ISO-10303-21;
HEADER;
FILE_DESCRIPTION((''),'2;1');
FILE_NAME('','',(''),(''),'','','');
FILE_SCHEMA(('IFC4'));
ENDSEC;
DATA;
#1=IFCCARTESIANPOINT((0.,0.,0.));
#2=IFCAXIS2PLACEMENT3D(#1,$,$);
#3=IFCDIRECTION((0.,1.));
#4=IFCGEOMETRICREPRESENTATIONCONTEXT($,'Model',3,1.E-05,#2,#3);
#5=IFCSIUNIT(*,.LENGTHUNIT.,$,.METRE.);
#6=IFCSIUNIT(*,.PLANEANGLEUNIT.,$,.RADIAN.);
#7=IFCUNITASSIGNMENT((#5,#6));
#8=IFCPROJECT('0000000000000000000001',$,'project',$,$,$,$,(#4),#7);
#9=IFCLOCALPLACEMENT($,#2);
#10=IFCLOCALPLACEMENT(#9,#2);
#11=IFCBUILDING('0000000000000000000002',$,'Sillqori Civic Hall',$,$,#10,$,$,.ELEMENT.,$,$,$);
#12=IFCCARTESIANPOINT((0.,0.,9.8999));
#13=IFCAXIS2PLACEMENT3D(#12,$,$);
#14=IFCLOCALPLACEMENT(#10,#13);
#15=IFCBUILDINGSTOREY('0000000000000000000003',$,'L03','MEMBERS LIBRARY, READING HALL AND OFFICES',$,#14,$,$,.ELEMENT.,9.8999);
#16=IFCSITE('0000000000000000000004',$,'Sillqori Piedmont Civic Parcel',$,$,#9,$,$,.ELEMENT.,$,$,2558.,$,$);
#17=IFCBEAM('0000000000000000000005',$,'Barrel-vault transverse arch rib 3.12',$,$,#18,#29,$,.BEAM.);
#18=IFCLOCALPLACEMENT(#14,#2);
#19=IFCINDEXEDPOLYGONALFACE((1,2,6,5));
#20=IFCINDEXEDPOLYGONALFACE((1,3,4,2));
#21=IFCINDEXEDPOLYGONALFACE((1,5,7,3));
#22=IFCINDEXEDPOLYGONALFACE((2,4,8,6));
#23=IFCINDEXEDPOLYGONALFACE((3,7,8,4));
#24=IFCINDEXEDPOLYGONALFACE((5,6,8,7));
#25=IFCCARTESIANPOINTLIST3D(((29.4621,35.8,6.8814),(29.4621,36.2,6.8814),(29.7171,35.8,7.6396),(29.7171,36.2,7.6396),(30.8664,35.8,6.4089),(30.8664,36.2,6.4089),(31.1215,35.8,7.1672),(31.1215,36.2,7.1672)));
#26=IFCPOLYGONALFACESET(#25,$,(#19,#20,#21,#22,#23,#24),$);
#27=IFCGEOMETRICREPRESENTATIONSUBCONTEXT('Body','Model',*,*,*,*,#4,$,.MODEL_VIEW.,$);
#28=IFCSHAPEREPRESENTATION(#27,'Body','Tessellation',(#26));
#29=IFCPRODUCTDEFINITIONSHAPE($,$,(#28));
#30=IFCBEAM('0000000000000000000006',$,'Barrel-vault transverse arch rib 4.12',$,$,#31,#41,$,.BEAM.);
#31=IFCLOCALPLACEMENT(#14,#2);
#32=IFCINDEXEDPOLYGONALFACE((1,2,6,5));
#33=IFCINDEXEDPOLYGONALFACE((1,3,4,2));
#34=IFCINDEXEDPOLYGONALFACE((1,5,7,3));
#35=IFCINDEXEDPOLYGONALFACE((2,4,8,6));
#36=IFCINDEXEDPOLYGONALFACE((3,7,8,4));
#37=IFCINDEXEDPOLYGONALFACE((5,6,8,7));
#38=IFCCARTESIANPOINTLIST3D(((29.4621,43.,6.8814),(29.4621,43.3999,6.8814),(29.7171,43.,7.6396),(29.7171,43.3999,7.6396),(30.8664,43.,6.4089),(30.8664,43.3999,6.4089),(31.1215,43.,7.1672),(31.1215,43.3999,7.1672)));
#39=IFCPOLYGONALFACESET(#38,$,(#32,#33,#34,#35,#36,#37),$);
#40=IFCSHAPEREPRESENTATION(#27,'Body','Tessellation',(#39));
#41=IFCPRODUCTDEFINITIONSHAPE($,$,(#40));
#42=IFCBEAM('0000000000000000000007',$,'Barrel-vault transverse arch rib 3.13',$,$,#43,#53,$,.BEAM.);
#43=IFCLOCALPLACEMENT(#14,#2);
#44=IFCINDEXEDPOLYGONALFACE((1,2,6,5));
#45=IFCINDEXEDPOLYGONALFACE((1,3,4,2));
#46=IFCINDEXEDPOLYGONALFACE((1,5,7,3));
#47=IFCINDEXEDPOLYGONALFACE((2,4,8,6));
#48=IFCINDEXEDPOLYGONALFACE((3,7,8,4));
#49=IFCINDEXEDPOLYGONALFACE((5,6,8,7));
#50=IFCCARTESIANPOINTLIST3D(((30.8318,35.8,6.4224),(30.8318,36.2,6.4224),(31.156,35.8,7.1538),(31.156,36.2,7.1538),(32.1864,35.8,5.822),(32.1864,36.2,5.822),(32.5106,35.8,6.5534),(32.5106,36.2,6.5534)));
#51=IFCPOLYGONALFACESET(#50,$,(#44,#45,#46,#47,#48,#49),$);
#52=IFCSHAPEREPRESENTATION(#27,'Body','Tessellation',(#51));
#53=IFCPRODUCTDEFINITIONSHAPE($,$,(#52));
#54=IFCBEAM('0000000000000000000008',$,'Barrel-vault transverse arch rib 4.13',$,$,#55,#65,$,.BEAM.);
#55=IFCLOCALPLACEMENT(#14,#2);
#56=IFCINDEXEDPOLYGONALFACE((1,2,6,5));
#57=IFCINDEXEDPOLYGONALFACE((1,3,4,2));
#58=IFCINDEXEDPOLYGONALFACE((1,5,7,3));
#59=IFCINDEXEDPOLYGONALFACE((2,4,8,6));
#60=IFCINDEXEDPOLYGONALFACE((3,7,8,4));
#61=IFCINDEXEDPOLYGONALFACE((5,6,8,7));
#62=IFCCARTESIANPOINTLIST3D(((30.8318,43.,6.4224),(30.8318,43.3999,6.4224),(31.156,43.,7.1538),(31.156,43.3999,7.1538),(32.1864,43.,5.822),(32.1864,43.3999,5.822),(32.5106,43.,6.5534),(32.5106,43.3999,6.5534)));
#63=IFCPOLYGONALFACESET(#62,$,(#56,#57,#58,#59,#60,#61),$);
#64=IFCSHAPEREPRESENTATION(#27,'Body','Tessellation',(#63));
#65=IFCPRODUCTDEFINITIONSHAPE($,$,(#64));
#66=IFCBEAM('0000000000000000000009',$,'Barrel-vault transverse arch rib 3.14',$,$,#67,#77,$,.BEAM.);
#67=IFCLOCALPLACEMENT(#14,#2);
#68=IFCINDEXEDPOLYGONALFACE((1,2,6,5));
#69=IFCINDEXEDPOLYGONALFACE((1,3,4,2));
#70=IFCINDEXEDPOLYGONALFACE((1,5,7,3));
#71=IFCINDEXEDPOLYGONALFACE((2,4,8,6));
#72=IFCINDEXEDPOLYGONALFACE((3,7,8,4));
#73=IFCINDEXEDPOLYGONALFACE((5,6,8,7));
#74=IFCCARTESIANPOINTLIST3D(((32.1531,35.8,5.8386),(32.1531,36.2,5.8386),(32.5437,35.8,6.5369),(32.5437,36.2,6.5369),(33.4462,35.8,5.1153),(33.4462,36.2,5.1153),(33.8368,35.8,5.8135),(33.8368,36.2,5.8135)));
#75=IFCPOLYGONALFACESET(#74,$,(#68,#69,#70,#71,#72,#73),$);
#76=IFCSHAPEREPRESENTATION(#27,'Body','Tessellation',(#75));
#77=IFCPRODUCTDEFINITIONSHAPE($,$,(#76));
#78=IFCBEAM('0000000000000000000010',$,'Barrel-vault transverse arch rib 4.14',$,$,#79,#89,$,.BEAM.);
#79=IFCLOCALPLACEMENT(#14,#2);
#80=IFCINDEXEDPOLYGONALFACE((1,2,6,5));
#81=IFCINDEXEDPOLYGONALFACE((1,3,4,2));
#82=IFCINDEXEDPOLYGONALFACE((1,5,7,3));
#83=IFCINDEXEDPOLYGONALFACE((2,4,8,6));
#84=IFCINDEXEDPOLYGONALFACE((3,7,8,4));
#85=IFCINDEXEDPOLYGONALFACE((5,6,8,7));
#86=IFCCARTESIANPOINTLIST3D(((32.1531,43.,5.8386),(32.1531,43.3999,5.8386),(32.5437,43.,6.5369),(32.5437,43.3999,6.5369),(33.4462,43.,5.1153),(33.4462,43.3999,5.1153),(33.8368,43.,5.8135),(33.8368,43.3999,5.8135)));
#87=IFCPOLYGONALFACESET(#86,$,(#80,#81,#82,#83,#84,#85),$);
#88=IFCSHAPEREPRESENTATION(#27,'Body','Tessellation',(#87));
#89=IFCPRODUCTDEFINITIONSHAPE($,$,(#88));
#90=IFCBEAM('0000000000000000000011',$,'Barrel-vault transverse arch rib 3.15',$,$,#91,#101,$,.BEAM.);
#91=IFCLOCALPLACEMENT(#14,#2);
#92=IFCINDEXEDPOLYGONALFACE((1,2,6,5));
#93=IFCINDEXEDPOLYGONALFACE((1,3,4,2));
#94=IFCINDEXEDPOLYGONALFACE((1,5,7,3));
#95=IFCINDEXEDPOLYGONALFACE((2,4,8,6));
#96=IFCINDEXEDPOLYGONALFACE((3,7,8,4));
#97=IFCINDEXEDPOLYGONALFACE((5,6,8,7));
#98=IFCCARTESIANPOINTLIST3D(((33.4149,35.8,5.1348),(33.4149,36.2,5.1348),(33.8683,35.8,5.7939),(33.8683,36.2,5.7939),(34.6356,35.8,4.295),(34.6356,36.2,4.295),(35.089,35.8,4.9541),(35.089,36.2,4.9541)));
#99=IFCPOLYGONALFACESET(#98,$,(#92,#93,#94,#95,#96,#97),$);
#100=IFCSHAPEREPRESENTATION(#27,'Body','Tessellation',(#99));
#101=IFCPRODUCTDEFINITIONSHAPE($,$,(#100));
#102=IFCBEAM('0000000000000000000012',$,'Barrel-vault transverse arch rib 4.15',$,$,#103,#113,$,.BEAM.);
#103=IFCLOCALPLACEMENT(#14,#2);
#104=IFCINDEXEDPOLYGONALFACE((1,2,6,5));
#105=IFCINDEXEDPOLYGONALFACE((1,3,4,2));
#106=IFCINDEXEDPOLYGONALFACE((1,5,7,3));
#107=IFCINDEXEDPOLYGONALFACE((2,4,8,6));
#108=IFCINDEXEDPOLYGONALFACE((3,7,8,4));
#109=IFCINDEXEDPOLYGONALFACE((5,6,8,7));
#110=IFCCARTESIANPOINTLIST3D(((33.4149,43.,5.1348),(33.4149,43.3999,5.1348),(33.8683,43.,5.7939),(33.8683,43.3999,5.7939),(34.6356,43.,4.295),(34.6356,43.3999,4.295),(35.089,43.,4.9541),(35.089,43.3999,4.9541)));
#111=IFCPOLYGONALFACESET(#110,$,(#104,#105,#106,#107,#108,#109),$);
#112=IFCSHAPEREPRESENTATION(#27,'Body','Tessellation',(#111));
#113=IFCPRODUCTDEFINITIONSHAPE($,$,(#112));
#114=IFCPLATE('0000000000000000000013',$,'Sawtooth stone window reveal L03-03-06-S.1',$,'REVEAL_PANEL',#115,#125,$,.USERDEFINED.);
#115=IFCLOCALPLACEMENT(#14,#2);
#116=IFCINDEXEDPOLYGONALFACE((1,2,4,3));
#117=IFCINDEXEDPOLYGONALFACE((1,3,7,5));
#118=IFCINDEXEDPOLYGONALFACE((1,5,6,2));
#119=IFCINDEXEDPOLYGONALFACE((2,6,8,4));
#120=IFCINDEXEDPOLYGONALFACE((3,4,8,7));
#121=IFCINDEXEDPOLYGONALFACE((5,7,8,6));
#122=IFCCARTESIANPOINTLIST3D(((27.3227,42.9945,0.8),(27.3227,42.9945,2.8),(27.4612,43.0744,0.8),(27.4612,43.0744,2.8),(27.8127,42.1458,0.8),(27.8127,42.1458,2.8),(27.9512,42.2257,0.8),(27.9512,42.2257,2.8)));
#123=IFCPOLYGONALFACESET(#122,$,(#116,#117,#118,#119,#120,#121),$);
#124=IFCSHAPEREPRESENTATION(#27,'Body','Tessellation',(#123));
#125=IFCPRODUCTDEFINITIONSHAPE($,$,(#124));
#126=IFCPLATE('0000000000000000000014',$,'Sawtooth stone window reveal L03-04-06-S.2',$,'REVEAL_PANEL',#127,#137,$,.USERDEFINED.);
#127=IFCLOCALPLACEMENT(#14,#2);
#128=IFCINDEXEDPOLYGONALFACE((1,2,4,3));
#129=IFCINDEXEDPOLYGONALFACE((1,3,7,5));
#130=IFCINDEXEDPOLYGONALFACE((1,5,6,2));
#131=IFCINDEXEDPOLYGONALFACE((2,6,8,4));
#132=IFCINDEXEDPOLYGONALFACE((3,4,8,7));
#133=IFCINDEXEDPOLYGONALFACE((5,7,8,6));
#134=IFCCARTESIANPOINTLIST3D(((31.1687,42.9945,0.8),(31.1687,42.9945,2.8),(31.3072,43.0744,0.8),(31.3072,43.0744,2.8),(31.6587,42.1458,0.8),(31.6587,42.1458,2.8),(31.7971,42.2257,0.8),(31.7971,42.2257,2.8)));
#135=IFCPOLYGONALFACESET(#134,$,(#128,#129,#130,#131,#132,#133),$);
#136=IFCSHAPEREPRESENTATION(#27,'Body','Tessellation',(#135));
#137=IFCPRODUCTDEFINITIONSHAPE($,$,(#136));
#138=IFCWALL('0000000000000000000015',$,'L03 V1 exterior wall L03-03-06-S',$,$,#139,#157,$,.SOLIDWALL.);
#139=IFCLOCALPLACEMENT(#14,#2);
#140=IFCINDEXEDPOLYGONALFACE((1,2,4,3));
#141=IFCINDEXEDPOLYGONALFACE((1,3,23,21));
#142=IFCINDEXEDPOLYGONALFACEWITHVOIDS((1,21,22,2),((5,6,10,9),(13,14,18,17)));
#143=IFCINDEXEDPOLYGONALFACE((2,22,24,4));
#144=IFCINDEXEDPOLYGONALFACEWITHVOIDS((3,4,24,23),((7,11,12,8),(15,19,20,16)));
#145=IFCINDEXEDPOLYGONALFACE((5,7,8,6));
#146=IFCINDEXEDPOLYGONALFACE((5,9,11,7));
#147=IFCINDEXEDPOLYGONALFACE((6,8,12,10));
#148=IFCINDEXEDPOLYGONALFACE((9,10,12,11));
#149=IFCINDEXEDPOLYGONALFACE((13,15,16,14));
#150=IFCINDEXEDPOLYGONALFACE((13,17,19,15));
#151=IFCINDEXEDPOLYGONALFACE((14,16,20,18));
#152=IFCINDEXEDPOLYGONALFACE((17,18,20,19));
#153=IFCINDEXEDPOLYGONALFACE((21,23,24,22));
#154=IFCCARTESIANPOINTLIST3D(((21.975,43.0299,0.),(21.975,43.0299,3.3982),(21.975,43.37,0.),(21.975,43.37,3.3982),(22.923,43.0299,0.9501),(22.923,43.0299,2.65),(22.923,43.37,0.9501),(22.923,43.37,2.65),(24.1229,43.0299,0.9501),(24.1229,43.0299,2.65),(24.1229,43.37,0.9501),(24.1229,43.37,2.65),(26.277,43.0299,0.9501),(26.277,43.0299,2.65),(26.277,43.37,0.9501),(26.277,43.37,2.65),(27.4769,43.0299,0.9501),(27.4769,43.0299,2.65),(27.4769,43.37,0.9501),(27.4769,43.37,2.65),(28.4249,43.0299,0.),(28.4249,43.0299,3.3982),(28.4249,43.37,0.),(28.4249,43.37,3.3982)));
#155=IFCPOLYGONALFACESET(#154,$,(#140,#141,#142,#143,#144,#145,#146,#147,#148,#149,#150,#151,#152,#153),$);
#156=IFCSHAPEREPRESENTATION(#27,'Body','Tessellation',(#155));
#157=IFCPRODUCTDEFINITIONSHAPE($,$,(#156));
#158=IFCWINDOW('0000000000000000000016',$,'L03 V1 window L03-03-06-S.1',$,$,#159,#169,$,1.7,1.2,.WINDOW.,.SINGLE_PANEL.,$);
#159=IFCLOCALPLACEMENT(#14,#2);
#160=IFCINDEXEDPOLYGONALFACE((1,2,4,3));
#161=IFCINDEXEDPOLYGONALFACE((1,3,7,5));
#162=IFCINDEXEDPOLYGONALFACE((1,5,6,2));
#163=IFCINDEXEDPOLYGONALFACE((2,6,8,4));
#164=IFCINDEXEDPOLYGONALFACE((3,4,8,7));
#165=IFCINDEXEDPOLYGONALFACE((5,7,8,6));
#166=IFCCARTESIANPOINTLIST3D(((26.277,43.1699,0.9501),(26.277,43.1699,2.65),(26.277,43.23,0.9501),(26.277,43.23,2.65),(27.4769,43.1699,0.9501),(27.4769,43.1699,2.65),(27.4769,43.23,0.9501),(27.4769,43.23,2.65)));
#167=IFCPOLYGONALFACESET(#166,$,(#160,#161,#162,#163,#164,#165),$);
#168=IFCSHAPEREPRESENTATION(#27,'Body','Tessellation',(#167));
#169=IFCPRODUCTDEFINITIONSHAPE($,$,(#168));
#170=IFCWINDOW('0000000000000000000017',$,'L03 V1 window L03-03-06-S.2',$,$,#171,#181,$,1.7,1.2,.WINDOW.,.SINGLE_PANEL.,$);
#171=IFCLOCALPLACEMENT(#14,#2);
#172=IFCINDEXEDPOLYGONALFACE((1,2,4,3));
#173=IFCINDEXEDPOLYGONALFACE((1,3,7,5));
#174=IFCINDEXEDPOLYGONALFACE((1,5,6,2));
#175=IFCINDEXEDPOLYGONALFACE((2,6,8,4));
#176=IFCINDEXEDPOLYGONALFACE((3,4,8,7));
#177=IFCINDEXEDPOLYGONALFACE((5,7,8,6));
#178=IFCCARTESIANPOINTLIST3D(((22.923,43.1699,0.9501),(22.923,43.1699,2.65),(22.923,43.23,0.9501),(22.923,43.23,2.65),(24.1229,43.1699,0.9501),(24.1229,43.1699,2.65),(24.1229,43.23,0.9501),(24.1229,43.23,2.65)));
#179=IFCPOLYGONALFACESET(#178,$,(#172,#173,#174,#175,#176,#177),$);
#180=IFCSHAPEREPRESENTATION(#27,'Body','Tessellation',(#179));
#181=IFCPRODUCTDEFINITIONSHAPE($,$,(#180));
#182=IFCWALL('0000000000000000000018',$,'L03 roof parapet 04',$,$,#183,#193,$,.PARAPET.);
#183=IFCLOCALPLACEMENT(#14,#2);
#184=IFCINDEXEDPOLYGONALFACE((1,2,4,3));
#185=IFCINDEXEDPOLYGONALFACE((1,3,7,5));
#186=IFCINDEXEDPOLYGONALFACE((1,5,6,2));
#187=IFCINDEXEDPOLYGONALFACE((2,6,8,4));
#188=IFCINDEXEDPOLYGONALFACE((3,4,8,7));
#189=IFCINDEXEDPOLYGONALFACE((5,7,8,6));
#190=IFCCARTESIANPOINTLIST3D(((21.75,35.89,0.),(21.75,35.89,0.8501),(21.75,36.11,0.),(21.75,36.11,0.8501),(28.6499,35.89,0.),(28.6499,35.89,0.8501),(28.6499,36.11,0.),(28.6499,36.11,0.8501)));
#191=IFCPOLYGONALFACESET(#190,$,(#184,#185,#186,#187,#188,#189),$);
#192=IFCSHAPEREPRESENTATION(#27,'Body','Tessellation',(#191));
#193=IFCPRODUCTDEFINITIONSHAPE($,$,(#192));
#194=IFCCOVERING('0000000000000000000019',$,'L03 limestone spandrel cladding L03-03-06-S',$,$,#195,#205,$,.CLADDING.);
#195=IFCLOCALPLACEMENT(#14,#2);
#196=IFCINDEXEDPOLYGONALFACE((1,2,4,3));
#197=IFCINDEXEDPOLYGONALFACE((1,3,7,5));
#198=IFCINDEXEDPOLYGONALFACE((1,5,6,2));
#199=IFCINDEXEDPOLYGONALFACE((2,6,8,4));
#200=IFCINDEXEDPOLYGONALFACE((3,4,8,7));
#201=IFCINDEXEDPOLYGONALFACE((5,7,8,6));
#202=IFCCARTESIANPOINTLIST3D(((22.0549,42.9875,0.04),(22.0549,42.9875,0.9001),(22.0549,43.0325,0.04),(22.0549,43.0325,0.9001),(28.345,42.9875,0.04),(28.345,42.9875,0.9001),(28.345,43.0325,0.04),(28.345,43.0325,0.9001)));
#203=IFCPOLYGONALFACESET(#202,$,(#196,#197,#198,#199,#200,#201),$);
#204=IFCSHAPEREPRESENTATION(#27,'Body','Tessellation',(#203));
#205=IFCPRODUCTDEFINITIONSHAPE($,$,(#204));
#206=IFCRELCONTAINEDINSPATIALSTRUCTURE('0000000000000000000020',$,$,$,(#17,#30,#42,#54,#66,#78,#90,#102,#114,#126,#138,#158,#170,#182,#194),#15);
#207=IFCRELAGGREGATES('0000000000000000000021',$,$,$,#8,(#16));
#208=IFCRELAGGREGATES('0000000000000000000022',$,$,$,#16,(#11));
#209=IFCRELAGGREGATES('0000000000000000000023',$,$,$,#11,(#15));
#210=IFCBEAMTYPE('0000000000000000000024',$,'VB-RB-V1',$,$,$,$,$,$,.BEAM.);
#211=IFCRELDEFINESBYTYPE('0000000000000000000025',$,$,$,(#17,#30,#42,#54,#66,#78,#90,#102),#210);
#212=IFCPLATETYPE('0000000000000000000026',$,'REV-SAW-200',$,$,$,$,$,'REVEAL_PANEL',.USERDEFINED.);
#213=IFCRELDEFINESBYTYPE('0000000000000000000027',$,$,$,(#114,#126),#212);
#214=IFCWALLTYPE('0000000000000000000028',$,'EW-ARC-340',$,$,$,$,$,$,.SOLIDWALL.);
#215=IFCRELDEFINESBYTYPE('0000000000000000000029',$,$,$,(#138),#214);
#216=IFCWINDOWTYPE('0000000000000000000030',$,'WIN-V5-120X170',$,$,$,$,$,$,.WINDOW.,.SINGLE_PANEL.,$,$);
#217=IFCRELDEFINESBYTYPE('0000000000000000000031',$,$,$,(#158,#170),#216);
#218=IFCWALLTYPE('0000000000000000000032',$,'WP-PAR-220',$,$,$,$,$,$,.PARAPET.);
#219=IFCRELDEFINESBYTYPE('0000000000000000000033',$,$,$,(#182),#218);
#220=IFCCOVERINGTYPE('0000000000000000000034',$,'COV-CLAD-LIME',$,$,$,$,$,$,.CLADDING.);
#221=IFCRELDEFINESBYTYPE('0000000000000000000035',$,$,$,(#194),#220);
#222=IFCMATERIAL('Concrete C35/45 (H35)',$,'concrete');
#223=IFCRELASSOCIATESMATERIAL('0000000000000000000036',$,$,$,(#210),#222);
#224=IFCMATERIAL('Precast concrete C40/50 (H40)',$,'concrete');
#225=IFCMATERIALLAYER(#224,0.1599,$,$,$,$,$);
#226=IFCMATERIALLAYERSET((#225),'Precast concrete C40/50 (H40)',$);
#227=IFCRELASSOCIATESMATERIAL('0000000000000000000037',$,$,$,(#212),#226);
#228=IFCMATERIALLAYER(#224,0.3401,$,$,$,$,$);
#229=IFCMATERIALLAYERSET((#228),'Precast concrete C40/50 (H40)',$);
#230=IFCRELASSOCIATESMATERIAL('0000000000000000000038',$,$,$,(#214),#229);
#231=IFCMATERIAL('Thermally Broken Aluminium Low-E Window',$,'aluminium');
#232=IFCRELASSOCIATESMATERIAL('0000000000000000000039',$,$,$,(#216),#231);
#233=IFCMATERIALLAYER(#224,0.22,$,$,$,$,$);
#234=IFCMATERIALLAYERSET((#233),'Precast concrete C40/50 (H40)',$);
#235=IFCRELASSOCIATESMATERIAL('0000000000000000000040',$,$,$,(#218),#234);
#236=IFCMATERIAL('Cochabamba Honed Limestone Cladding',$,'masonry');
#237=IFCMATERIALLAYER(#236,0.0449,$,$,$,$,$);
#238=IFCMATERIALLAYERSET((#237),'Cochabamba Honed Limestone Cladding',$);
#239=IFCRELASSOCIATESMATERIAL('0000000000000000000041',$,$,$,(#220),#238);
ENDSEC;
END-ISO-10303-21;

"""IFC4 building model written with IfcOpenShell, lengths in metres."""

from ifc_helpers import new_model, si_unit, direction, frame, frame_2d, origin, origin_2d, place, context, subcontext, project, spatial, rectangle, extrude, material, layer, layer_set, material_profile, profile_set, type_object, element, fill, save


model = new_model("IFC4")

# Units and contexts
model_context = context("Model", 3, precision=1e-05, world=origin(), true_north=direction((0.0, 1.0)))
body_context = subcontext(model_context, "Body", "Model", "MODEL_VIEW")
ifc_project = project(units=[si_unit("LENGTHUNIT", "METRE"), si_unit("PLANEANGLEUNIT", "RADIAN")], contexts=[model_context])

# Site, building, storey
site_placement = place(None, origin())
site = spatial("IfcSite", under=ifc_project, at=site_placement, Name="Sillqori Piedmont Civic Parcel", CompositionType="ELEMENT", RefElevation=2558.0)
building_placement = place(site_placement, origin())
building = spatial("IfcBuilding", under=site, at=building_placement, Name="Sillqori Civic Hall", CompositionType="ELEMENT")
storey_placement = place(building_placement, frame((0.0, 0.0, 9.8999)))
storey = spatial("IfcBuildingStorey", under=building, at=storey_placement, Name="L03", Description="MEMBERS LIBRARY, READING HALL AND OFFICES", CompositionType="ELEMENT", Elevation=9.8999)

# Shared definitions
ifc_material_1 = material(Name="Concrete C35/45 (H35)", Category="concrete")

# Beams
ifc_material_profile_1 = material_profile(ifc_material_1, rectangle(XDim=0.3999, YDim=0.8, at=origin_2d()), Name="RC 400x800")
ifc_profile_set_1 = profile_set([ifc_material_profile_1], Name="Concrete C35/45 (H35)")
beam_type_1 = type_object("IfcBeamType", Name="VB-RB-V1", PredefinedType="BEAM", material=ifc_profile_set_1)
for number, where, z_axis, x_axis, name in (
    (1, (29.5896, 36.0, 7.2605), (0.947806, 0.0, -0.318847), (0.0, 1.0, 0.0), "Barrel-vault transverse arch rib 3.12"),
    (2, (29.5896, 43.2, 7.2605), (0.947806, 0.0, -0.318847), (0.0, 1.0, 0.0), "Barrel-vault transverse arch rib 4.12"),
    (3, (30.9939, 36.0, 6.7881), (0.914226, 0.0, -0.405206), (0.0, 1.0, 0.0), "Barrel-vault transverse arch rib 3.13"),
    (4, (30.9939, 43.2, 6.7881), (0.914226, 0.0, -0.405206), (0.0, 1.0, 0.0), "Barrel-vault transverse arch rib 4.13"),
    (5, (32.3484, 36.0, 6.1877), (0.872739, 0.0, -0.488187), (0.0, 1.0, 0.0), "Barrel-vault transverse arch rib 3.14"),
    (6, (32.3484, 43.2, 6.1877), (0.872739, 0.0, -0.488187), (0.0, 1.0, 0.0), "Barrel-vault transverse arch rib 4.14"),
    (7, (33.6416, 36.0, 5.4644), (0.82385, 0.0, -0.566809), (0.0, 1.0, 0.0), "Barrel-vault transverse arch rib 3.15"),
    (8, (33.6416, 43.2, 5.4644), (0.82385, 0.0, -0.566809), (0.0, 1.0, 0.0), "Barrel-vault transverse arch rib 4.15"),
):
    element("IfcBeam", number, at=place(storey_placement, frame(where, z_axis=z_axis, x_axis=x_axis)), inside=storey, type_object=beam_type_1, Name=name, PredefinedType="BEAM", context=body_context, shape_type="SweptSolid", body=[
        extrude(rectangle(XDim=0.3999, YDim=0.8, at=origin_2d()), origin(), (0.0, 0.0, 1.0), 1.4817),
    ])

# Plates
ifc_material_2 = material(Name="Precast concrete C40/50 (H40)", Category="concrete")
ifc_layer_1 = layer(ifc_material_2, 0.1599)
ifc_layer_set_1 = layer_set([ifc_layer_1], Name="Precast concrete C40/50 (H40)")
plate_type = type_object("IfcPlateType", Name="REV-SAW-200", ElementType="REVEAL_PANEL", PredefinedType="USERDEFINED", material=ifc_layer_set_1)
for number, where, z_axis, x_axis, name in (
    (9, (27.637, 42.6101, 0.8), (0.0, 0.0, 1.0), (-0.866025, -0.5, 0.0), "Sawtooth stone window reveal L03-03-06-S.1"),
    (10, (31.4829, 42.6101, 0.8), (0.0, 0.0, 1.0), (-0.866025, -0.5, 0.0), "Sawtooth stone window reveal L03-04-06-S.2"),
):
    element("IfcPlate", number, at=place(storey_placement, frame(where, z_axis=z_axis, x_axis=x_axis)), inside=storey, type_object=plate_type, Name=name, ObjectType="REVEAL_PANEL", PredefinedType="USERDEFINED", context=body_context, shape_type="SweptSolid", body=[
        extrude(rectangle(XDim=0.1599, YDim=0.98, at=origin_2d()), origin(), (0.0, 0.0, 1.0), 2.0),
    ])

# Wall, openings, windows
ifc_layer_2 = layer(ifc_material_2, 0.3401)
ifc_layer_set_2 = layer_set([ifc_layer_2], Name="Precast concrete C40/50 (H40)")
wall_type_1 = type_object("IfcWallType", Name="EW-ARC-340", PredefinedType="SOLIDWALL", material=ifc_layer_set_2)
wall_1_placement = place(storey_placement, frame((28.425, 43.2, 0.0), z_axis=(0.0, 0.0, 1.0), x_axis=(-1.0, 0.0, 0.0)))
wall_1 = element("IfcWall", 11, at=wall_1_placement, inside=storey, type_object=wall_type_1, Name="L03 V1 exterior wall L03-03-06-S", PredefinedType="SOLIDWALL", context=body_context, shape_type="SweptSolid", body=[
    extrude(rectangle(XDim=6.45, YDim=0.3401, at=frame_2d((3.2251, 0.0))), origin(), (0.0, 0.0, 1.0), 3.3982),
])
opening_1_placement = place(wall_1_placement, frame((0.948, 0.0, 0.95)))
opening_1 = element("IfcOpeningElement", 12, at=opening_1_placement, cuts=wall_1, PredefinedType="OPENING", context=body_context, shape_type="SweptSolid", body=[
    extrude(rectangle(XDim=1.2, YDim=1.7, at=frame_2d((0.6001, 0.8501))), frame((0.0, 0.1799, 0.0), z_axis=(0.0, -1.0, 0.0), x_axis=(1.0, 0.0, 0.0)), (0.0, 0.0, 1.0), 0.3601),
])
opening_2_placement = place(wall_1_placement, frame((4.302, 0.0, 0.95)))
opening_2 = element("IfcOpeningElement", 13, at=opening_2_placement, cuts=wall_1, PredefinedType="OPENING", context=body_context, shape_type="SweptSolid", body=[
    extrude(rectangle(XDim=1.2, YDim=1.7, at=frame_2d((0.6001, 0.8501))), frame((0.0, 0.1799, 0.0), z_axis=(0.0, -1.0, 0.0), x_axis=(1.0, 0.0, 0.0)), (0.0, 0.0, 1.0), 0.3601),
])
ifc_material_3 = material(Name="Thermally Broken Aluminium Low-E Window", Category="aluminium")
window_type = type_object("IfcWindowType", Name="WIN-V5-120X170", PartitioningType="SINGLE_PANEL", PredefinedType="WINDOW", material=ifc_material_3)
window_1_placement = place(opening_1_placement, origin())
window_1 = element("IfcWindow", 14, at=window_1_placement, inside=storey, type_object=window_type, Name="L03 V1 window L03-03-06-S.1", OverallHeight=1.7, OverallWidth=1.2, PartitioningType="SINGLE_PANEL", PredefinedType="WINDOW", context=body_context, shape_type="SweptSolid", body=[
    extrude(rectangle(XDim=1.2, YDim=1.7, at=frame_2d((0.6001, 0.8501))), frame((0.0, 0.03, 0.0), z_axis=(0.0, -1.0, 0.0), x_axis=(1.0, 0.0, 0.0)), (0.0, 0.0, 1.0), 0.0601),
])
fill(opening_1, window_1)
window_2_placement = place(opening_2_placement, origin())
window_2 = element("IfcWindow", 15, at=window_2_placement, inside=storey, type_object=window_type, Name="L03 V1 window L03-03-06-S.2", OverallHeight=1.7, OverallWidth=1.2, PartitioningType="SINGLE_PANEL", PredefinedType="WINDOW", context=body_context, shape_type="SweptSolid", body=[
    extrude(rectangle(XDim=1.2, YDim=1.7, at=frame_2d((0.6001, 0.8501))), frame((0.0, 0.03, 0.0), z_axis=(0.0, -1.0, 0.0), x_axis=(1.0, 0.0, 0.0)), (0.0, 0.0, 1.0), 0.0601),
])
fill(opening_2, window_2)

# Wall
ifc_layer_3 = layer(ifc_material_2, 0.22)
ifc_layer_set_3 = layer_set([ifc_layer_3], Name="Precast concrete C40/50 (H40)")
wall_type_2 = type_object("IfcWallType", Name="WP-PAR-220", PredefinedType="PARAPET", material=ifc_layer_set_3)
wall_2_placement = place(storey_placement, frame((28.6499, 36.0, 0.0), z_axis=(0.0, 0.0, 1.0), x_axis=(-1.0, 0.0, 0.0)))
element("IfcWall", 16, at=wall_2_placement, inside=storey, type_object=wall_type_2, Name="L03 roof parapet 04", PredefinedType="PARAPET", context=body_context, shape_type="SweptSolid", body=[
    extrude(rectangle(XDim=6.8999, YDim=0.22, at=frame_2d((3.45, 0.0))), origin(), (0.0, 0.0, 1.0), 0.8501),
])

# Covering
ifc_material_4 = material(Name="Cochabamba Honed Limestone Cladding", Category="masonry")
ifc_layer_4 = layer(ifc_material_4, 0.0449)
ifc_layer_set_4 = layer_set([ifc_layer_4], Name="Cochabamba Honed Limestone Cladding")
covering_type = type_object("IfcCoveringType", Name="COV-CLAD-LIME", PredefinedType="CLADDING", material=ifc_layer_set_4)
covering_1_placement = place(storey_placement, frame((28.345, 43.01, 0.04), z_axis=(0.0, 0.0, 1.0), x_axis=(-1.0, 0.0, 0.0)))
element("IfcCovering", 17, at=covering_1_placement, inside=storey, type_object=covering_type, Name="L03 limestone spandrel cladding L03-03-06-S", PredefinedType="CLADDING", context=body_context, shape_type="SweptSolid", body=[
    extrude(rectangle(XDim=6.29, YDim=0.0449, at=frame_2d((3.145, 0.0))), origin(), (0.0, 0.0, 1.0), 0.8601),
])

save(model, "model.ifc")
